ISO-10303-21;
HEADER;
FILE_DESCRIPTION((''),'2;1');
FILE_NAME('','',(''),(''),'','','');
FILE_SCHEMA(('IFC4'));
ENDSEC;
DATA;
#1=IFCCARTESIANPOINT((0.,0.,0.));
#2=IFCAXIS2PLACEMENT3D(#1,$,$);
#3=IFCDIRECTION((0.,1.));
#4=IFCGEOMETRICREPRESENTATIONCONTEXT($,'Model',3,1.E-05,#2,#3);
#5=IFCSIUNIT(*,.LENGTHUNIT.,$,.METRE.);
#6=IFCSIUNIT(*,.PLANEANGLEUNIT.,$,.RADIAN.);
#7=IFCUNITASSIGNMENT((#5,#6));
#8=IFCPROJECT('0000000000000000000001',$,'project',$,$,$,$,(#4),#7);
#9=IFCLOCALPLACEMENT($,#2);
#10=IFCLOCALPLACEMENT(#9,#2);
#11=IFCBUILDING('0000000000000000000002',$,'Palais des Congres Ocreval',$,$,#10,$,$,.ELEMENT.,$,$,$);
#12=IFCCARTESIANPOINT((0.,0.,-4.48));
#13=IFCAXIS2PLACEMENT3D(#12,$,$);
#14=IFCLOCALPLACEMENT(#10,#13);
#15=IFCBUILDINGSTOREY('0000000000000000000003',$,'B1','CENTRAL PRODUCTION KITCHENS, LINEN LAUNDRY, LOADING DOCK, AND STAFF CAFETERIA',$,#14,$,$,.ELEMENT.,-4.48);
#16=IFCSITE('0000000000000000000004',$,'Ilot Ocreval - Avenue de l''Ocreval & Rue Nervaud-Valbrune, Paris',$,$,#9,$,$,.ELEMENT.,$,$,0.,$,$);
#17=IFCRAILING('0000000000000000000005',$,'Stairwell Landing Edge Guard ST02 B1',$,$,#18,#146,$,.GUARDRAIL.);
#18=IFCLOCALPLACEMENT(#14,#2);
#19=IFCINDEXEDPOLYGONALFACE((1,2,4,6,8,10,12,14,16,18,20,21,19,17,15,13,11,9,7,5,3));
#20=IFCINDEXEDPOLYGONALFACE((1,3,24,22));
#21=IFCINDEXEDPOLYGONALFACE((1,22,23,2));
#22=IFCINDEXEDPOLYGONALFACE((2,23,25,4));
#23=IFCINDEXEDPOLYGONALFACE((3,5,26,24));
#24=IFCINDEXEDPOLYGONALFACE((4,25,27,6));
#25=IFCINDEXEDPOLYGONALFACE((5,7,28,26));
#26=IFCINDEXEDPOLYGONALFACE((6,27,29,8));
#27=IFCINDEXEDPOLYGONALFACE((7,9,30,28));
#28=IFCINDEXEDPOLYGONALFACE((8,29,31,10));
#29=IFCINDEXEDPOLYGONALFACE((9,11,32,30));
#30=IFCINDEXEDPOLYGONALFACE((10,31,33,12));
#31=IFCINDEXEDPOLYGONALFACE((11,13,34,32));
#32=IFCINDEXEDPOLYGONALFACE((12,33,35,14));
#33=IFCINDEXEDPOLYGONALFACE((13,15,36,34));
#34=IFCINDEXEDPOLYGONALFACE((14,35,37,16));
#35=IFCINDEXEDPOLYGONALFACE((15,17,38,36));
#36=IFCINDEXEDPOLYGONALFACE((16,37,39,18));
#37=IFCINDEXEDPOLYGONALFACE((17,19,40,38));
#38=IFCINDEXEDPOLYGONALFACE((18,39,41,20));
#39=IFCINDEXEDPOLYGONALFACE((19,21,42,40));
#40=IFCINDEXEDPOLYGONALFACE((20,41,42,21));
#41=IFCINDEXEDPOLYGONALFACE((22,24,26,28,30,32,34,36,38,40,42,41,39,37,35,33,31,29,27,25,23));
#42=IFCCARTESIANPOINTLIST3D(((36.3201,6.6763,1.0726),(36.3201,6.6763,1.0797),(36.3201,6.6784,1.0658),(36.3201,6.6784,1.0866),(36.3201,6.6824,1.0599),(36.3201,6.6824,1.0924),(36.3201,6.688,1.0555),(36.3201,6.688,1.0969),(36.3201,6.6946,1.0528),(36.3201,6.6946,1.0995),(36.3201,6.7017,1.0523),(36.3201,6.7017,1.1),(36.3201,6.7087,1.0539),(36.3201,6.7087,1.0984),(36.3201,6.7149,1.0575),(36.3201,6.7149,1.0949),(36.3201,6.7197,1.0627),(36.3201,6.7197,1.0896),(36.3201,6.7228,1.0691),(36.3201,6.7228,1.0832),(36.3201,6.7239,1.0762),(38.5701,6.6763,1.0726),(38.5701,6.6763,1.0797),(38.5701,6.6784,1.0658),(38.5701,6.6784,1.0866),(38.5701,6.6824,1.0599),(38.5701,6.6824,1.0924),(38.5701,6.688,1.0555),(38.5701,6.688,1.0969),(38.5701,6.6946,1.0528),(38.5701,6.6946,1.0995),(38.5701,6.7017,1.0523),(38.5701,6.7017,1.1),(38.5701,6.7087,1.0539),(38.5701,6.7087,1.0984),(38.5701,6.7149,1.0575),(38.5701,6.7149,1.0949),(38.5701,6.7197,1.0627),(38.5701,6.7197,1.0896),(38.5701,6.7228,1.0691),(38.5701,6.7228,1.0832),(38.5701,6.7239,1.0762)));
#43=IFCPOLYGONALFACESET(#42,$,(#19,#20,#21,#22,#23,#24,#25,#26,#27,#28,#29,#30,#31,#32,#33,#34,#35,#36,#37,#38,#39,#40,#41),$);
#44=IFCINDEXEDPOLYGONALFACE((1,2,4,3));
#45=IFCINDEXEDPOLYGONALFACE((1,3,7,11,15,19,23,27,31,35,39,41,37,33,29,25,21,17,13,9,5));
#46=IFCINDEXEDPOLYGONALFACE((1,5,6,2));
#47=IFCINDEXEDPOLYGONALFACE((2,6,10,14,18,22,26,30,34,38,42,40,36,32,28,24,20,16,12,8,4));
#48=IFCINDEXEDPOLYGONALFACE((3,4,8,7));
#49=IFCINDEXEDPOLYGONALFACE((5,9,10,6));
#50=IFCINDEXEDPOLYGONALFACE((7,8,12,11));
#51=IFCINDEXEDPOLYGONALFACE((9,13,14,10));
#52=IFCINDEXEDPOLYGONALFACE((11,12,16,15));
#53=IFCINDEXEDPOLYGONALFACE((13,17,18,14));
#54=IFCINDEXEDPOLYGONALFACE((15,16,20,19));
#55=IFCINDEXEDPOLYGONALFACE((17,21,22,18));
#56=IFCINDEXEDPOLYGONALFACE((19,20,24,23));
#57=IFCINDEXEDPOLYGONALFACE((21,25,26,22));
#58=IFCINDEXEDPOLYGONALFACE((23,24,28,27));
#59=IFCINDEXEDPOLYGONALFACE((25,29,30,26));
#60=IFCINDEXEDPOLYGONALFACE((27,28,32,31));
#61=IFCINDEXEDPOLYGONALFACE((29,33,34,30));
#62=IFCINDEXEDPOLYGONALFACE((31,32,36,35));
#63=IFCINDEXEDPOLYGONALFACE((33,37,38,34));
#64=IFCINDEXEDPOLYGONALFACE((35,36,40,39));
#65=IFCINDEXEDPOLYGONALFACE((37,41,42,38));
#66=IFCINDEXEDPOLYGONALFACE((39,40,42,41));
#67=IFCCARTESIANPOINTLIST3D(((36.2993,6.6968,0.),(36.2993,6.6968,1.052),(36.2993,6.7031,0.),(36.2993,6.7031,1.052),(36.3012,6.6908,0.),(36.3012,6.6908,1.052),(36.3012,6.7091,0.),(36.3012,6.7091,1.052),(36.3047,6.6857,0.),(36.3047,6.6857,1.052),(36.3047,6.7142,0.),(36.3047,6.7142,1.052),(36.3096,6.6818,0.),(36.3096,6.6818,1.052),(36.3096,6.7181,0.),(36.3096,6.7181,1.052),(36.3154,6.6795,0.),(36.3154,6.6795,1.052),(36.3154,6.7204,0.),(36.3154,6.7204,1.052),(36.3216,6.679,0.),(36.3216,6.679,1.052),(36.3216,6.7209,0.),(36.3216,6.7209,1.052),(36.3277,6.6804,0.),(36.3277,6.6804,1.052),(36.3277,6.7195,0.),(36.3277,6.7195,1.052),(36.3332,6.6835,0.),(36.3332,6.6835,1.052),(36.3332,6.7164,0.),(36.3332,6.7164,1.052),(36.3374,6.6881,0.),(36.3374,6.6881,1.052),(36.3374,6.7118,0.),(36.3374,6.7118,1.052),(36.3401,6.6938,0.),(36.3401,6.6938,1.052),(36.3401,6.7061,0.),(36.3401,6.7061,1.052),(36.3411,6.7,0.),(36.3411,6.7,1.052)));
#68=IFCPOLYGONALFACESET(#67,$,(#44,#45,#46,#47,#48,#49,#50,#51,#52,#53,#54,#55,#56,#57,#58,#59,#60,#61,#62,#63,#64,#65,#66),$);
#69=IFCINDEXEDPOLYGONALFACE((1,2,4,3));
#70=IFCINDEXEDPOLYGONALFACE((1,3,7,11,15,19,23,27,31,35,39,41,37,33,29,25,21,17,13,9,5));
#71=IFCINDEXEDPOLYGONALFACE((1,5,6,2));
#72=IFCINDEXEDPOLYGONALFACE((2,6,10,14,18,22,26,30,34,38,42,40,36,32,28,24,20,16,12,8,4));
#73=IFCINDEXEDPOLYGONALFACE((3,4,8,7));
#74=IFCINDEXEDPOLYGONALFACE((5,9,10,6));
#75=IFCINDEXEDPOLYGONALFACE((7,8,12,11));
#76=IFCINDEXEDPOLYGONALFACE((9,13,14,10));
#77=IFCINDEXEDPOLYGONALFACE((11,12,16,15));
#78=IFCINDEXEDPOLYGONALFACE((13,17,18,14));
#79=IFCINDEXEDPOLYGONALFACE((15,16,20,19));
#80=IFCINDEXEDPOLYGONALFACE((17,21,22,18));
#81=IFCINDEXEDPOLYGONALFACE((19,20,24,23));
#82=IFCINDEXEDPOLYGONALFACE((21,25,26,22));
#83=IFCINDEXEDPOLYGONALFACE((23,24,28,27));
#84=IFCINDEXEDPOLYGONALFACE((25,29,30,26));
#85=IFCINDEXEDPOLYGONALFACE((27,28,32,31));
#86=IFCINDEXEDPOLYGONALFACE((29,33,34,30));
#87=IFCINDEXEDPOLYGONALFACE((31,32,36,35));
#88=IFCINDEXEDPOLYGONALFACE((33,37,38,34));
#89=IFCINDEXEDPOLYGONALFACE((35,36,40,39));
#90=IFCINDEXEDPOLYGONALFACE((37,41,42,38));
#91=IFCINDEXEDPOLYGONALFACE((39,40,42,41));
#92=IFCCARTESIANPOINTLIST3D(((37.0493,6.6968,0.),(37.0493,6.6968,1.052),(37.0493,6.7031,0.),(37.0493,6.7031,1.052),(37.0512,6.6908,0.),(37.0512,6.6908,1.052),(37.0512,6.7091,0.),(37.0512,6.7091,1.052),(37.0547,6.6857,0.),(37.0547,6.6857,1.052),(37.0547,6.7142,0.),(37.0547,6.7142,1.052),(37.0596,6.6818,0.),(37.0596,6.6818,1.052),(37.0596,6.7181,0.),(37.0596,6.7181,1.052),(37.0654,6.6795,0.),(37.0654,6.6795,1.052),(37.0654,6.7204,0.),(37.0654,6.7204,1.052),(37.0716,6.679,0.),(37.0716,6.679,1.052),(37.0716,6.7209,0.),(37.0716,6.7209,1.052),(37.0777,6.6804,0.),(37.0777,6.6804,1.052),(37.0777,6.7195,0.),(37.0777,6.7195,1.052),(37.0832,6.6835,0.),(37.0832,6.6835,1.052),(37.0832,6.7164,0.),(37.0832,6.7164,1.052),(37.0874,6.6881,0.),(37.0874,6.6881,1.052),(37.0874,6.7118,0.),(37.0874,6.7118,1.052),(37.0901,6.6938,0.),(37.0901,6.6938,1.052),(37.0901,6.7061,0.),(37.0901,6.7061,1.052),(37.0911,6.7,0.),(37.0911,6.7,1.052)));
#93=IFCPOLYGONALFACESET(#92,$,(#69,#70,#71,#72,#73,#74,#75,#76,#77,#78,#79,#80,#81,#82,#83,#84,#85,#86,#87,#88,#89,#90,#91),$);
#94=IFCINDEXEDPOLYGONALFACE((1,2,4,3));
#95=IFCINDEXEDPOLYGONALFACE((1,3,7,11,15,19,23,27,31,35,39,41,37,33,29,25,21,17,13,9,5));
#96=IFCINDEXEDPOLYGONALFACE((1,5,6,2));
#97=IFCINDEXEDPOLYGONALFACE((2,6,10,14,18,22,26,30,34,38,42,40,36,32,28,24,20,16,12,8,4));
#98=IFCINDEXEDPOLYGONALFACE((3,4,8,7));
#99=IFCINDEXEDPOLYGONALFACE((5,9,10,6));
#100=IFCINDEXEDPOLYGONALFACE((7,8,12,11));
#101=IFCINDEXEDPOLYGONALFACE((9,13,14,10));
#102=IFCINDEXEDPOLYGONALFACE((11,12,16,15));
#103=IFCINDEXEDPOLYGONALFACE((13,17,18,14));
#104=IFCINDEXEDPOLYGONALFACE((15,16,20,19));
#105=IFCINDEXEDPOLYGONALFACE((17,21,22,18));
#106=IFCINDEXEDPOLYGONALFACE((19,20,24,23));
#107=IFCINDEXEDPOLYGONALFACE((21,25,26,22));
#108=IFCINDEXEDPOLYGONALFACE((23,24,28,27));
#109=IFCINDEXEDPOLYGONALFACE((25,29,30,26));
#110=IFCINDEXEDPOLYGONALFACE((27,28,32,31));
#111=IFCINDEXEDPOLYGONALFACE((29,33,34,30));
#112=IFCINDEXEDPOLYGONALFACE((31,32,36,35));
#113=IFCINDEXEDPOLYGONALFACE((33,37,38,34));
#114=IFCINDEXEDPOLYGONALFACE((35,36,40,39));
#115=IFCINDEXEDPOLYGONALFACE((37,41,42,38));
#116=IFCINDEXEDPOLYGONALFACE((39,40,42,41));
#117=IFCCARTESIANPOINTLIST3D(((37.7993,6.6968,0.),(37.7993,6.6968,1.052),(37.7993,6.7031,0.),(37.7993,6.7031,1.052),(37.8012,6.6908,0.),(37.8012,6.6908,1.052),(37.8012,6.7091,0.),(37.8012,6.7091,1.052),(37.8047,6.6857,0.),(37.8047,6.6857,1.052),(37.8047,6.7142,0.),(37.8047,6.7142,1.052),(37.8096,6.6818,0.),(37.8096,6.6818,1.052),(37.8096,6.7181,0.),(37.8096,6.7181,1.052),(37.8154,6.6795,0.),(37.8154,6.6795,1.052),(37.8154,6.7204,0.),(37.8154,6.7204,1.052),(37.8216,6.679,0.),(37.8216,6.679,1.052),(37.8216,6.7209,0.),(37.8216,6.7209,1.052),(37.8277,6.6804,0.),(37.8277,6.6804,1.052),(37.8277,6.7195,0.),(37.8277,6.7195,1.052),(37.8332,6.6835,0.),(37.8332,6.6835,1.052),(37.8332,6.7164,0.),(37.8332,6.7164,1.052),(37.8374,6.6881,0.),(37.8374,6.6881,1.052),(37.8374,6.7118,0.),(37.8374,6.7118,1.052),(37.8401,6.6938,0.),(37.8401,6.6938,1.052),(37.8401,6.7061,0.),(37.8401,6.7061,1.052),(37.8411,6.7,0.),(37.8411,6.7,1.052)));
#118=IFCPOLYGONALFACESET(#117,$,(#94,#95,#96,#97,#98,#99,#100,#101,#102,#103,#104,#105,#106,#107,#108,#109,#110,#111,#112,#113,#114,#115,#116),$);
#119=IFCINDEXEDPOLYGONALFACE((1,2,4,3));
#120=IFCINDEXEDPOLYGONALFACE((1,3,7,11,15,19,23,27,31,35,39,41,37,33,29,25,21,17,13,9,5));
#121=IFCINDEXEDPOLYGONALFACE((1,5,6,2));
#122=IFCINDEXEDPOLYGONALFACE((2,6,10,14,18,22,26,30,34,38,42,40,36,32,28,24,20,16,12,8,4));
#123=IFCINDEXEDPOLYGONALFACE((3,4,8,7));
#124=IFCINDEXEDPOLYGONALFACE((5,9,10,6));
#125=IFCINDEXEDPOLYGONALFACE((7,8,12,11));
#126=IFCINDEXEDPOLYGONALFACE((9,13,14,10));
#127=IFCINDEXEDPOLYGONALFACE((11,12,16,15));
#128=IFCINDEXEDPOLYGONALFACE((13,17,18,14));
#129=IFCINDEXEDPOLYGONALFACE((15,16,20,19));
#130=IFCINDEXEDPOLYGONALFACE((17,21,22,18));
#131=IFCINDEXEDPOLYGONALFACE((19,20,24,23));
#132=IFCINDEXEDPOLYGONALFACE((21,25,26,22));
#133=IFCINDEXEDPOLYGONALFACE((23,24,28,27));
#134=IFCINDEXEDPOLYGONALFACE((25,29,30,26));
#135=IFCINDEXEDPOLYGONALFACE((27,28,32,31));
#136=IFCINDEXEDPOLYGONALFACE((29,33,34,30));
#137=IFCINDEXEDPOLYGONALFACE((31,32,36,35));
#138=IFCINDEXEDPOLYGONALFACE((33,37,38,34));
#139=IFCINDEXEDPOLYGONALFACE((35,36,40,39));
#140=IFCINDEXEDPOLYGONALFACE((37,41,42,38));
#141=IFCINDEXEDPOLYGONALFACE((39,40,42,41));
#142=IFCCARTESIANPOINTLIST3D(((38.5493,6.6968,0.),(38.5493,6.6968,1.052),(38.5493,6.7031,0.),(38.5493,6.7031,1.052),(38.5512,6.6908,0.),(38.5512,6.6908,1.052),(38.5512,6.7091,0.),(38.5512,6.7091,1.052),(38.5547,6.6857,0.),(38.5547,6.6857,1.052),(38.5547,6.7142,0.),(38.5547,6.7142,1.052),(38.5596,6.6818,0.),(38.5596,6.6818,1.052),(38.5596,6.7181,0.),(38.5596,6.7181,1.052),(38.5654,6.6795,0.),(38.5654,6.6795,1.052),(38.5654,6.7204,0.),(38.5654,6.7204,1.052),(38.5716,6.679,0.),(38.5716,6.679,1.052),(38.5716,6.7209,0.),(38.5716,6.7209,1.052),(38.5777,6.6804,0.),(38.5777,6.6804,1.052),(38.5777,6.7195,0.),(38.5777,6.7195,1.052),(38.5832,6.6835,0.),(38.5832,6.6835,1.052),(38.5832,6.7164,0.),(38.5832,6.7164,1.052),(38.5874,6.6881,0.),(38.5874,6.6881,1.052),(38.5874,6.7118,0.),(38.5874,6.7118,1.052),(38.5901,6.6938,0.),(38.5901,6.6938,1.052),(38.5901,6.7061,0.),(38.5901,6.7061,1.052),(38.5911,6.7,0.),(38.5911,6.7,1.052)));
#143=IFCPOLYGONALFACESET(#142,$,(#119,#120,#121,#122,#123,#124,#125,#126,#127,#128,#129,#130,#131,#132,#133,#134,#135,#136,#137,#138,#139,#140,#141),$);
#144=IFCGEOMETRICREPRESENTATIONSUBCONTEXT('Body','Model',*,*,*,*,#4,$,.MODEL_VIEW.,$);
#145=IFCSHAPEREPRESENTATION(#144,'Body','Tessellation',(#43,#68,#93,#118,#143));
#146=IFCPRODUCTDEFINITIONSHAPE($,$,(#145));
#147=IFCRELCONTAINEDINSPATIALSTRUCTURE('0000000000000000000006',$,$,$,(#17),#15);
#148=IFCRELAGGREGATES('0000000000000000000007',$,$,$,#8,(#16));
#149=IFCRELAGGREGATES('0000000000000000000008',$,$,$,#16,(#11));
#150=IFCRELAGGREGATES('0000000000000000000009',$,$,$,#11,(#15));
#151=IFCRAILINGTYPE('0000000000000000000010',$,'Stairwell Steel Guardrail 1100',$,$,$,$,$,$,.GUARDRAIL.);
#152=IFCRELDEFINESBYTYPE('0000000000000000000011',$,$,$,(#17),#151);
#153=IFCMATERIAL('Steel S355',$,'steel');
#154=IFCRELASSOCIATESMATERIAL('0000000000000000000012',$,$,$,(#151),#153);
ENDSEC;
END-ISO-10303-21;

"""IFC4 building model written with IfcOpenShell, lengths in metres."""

from ifc_helpers import new_model, si_unit, direction, frame, origin, origin_2d, place, context, subcontext, project, spatial, circle, extrude, material, type_object, element, save


model = new_model("IFC4")

# Units and contexts
model_context = context("Model", 3, precision=1e-05, world=origin(), true_north=direction((0.0, 1.0)))
body_context = subcontext(model_context, "Body", "Model", "MODEL_VIEW")
ifc_project = project(units=[si_unit("LENGTHUNIT", "METRE"), si_unit("PLANEANGLEUNIT", "RADIAN")], contexts=[model_context])

# Site, building, storey
site_placement = place(None, origin())
site = spatial("IfcSite", under=ifc_project, at=site_placement, Name="Ilot Ocreval - Avenue de l'Ocreval & Rue Nervaud-Valbrune, Paris", CompositionType="ELEMENT", RefElevation=0.0)
building_placement = place(site_placement, origin())
building = spatial("IfcBuilding", under=site, at=building_placement, Name="Palais des Congres Ocreval", CompositionType="ELEMENT")
storey_placement = place(building_placement, frame((0.0, 0.0, -4.48)))
storey = spatial("IfcBuildingStorey", under=building, at=storey_placement, Name="B1", Description="CENTRAL PRODUCTION KITCHENS, LINEN LAUNDRY, LOADING DOCK, AND STAFF CAFETERIA", CompositionType="ELEMENT", Elevation=-4.48)

# Shared definitions
ifc_material_1 = material(Name="Steel S355", Category="steel")

# Railing
railing_type_1 = type_object("IfcRailingType", Name="Stairwell Steel Guardrail 1100", PredefinedType="GUARDRAIL", material=ifc_material_1)
railing_1_placement = place(storey_placement, frame((36.3201, 6.7, 0.0)))
element("IfcRailing", 1, at=railing_1_placement, inside=storey, type_object=railing_type_1, Name="Stairwell Landing Edge Guard ST02 B1", PredefinedType="GUARDRAIL", context=body_context, shape_type="SweptSolid", body=[
    extrude(circle(Radius=0.0239, at=origin_2d()), frame((0.0, 0.0, 1.0762), z_axis=(1.0, 0.0, 0.0), x_axis=(0.0, 1.0, 0.0)), (0.0, 0.0, 1.0), 2.25),
    extrude(circle(Radius=0.021, at=origin_2d()), origin(), (0.0, 0.0, 1.0), 1.052),
    extrude(circle(Radius=0.021, at=origin_2d()), frame((0.75, 0.0, 0.0)), (0.0, 0.0, 1.0), 1.052),
    extrude(circle(Radius=0.021, at=origin_2d()), frame((1.5, 0.0, 0.0)), (0.0, 0.0, 1.0), 1.052),
    extrude(circle(Radius=0.021, at=origin_2d()), frame((2.25, 0.0, 0.0)), (0.0, 0.0, 1.0), 1.052),
])

save(model, "model.ifc")
